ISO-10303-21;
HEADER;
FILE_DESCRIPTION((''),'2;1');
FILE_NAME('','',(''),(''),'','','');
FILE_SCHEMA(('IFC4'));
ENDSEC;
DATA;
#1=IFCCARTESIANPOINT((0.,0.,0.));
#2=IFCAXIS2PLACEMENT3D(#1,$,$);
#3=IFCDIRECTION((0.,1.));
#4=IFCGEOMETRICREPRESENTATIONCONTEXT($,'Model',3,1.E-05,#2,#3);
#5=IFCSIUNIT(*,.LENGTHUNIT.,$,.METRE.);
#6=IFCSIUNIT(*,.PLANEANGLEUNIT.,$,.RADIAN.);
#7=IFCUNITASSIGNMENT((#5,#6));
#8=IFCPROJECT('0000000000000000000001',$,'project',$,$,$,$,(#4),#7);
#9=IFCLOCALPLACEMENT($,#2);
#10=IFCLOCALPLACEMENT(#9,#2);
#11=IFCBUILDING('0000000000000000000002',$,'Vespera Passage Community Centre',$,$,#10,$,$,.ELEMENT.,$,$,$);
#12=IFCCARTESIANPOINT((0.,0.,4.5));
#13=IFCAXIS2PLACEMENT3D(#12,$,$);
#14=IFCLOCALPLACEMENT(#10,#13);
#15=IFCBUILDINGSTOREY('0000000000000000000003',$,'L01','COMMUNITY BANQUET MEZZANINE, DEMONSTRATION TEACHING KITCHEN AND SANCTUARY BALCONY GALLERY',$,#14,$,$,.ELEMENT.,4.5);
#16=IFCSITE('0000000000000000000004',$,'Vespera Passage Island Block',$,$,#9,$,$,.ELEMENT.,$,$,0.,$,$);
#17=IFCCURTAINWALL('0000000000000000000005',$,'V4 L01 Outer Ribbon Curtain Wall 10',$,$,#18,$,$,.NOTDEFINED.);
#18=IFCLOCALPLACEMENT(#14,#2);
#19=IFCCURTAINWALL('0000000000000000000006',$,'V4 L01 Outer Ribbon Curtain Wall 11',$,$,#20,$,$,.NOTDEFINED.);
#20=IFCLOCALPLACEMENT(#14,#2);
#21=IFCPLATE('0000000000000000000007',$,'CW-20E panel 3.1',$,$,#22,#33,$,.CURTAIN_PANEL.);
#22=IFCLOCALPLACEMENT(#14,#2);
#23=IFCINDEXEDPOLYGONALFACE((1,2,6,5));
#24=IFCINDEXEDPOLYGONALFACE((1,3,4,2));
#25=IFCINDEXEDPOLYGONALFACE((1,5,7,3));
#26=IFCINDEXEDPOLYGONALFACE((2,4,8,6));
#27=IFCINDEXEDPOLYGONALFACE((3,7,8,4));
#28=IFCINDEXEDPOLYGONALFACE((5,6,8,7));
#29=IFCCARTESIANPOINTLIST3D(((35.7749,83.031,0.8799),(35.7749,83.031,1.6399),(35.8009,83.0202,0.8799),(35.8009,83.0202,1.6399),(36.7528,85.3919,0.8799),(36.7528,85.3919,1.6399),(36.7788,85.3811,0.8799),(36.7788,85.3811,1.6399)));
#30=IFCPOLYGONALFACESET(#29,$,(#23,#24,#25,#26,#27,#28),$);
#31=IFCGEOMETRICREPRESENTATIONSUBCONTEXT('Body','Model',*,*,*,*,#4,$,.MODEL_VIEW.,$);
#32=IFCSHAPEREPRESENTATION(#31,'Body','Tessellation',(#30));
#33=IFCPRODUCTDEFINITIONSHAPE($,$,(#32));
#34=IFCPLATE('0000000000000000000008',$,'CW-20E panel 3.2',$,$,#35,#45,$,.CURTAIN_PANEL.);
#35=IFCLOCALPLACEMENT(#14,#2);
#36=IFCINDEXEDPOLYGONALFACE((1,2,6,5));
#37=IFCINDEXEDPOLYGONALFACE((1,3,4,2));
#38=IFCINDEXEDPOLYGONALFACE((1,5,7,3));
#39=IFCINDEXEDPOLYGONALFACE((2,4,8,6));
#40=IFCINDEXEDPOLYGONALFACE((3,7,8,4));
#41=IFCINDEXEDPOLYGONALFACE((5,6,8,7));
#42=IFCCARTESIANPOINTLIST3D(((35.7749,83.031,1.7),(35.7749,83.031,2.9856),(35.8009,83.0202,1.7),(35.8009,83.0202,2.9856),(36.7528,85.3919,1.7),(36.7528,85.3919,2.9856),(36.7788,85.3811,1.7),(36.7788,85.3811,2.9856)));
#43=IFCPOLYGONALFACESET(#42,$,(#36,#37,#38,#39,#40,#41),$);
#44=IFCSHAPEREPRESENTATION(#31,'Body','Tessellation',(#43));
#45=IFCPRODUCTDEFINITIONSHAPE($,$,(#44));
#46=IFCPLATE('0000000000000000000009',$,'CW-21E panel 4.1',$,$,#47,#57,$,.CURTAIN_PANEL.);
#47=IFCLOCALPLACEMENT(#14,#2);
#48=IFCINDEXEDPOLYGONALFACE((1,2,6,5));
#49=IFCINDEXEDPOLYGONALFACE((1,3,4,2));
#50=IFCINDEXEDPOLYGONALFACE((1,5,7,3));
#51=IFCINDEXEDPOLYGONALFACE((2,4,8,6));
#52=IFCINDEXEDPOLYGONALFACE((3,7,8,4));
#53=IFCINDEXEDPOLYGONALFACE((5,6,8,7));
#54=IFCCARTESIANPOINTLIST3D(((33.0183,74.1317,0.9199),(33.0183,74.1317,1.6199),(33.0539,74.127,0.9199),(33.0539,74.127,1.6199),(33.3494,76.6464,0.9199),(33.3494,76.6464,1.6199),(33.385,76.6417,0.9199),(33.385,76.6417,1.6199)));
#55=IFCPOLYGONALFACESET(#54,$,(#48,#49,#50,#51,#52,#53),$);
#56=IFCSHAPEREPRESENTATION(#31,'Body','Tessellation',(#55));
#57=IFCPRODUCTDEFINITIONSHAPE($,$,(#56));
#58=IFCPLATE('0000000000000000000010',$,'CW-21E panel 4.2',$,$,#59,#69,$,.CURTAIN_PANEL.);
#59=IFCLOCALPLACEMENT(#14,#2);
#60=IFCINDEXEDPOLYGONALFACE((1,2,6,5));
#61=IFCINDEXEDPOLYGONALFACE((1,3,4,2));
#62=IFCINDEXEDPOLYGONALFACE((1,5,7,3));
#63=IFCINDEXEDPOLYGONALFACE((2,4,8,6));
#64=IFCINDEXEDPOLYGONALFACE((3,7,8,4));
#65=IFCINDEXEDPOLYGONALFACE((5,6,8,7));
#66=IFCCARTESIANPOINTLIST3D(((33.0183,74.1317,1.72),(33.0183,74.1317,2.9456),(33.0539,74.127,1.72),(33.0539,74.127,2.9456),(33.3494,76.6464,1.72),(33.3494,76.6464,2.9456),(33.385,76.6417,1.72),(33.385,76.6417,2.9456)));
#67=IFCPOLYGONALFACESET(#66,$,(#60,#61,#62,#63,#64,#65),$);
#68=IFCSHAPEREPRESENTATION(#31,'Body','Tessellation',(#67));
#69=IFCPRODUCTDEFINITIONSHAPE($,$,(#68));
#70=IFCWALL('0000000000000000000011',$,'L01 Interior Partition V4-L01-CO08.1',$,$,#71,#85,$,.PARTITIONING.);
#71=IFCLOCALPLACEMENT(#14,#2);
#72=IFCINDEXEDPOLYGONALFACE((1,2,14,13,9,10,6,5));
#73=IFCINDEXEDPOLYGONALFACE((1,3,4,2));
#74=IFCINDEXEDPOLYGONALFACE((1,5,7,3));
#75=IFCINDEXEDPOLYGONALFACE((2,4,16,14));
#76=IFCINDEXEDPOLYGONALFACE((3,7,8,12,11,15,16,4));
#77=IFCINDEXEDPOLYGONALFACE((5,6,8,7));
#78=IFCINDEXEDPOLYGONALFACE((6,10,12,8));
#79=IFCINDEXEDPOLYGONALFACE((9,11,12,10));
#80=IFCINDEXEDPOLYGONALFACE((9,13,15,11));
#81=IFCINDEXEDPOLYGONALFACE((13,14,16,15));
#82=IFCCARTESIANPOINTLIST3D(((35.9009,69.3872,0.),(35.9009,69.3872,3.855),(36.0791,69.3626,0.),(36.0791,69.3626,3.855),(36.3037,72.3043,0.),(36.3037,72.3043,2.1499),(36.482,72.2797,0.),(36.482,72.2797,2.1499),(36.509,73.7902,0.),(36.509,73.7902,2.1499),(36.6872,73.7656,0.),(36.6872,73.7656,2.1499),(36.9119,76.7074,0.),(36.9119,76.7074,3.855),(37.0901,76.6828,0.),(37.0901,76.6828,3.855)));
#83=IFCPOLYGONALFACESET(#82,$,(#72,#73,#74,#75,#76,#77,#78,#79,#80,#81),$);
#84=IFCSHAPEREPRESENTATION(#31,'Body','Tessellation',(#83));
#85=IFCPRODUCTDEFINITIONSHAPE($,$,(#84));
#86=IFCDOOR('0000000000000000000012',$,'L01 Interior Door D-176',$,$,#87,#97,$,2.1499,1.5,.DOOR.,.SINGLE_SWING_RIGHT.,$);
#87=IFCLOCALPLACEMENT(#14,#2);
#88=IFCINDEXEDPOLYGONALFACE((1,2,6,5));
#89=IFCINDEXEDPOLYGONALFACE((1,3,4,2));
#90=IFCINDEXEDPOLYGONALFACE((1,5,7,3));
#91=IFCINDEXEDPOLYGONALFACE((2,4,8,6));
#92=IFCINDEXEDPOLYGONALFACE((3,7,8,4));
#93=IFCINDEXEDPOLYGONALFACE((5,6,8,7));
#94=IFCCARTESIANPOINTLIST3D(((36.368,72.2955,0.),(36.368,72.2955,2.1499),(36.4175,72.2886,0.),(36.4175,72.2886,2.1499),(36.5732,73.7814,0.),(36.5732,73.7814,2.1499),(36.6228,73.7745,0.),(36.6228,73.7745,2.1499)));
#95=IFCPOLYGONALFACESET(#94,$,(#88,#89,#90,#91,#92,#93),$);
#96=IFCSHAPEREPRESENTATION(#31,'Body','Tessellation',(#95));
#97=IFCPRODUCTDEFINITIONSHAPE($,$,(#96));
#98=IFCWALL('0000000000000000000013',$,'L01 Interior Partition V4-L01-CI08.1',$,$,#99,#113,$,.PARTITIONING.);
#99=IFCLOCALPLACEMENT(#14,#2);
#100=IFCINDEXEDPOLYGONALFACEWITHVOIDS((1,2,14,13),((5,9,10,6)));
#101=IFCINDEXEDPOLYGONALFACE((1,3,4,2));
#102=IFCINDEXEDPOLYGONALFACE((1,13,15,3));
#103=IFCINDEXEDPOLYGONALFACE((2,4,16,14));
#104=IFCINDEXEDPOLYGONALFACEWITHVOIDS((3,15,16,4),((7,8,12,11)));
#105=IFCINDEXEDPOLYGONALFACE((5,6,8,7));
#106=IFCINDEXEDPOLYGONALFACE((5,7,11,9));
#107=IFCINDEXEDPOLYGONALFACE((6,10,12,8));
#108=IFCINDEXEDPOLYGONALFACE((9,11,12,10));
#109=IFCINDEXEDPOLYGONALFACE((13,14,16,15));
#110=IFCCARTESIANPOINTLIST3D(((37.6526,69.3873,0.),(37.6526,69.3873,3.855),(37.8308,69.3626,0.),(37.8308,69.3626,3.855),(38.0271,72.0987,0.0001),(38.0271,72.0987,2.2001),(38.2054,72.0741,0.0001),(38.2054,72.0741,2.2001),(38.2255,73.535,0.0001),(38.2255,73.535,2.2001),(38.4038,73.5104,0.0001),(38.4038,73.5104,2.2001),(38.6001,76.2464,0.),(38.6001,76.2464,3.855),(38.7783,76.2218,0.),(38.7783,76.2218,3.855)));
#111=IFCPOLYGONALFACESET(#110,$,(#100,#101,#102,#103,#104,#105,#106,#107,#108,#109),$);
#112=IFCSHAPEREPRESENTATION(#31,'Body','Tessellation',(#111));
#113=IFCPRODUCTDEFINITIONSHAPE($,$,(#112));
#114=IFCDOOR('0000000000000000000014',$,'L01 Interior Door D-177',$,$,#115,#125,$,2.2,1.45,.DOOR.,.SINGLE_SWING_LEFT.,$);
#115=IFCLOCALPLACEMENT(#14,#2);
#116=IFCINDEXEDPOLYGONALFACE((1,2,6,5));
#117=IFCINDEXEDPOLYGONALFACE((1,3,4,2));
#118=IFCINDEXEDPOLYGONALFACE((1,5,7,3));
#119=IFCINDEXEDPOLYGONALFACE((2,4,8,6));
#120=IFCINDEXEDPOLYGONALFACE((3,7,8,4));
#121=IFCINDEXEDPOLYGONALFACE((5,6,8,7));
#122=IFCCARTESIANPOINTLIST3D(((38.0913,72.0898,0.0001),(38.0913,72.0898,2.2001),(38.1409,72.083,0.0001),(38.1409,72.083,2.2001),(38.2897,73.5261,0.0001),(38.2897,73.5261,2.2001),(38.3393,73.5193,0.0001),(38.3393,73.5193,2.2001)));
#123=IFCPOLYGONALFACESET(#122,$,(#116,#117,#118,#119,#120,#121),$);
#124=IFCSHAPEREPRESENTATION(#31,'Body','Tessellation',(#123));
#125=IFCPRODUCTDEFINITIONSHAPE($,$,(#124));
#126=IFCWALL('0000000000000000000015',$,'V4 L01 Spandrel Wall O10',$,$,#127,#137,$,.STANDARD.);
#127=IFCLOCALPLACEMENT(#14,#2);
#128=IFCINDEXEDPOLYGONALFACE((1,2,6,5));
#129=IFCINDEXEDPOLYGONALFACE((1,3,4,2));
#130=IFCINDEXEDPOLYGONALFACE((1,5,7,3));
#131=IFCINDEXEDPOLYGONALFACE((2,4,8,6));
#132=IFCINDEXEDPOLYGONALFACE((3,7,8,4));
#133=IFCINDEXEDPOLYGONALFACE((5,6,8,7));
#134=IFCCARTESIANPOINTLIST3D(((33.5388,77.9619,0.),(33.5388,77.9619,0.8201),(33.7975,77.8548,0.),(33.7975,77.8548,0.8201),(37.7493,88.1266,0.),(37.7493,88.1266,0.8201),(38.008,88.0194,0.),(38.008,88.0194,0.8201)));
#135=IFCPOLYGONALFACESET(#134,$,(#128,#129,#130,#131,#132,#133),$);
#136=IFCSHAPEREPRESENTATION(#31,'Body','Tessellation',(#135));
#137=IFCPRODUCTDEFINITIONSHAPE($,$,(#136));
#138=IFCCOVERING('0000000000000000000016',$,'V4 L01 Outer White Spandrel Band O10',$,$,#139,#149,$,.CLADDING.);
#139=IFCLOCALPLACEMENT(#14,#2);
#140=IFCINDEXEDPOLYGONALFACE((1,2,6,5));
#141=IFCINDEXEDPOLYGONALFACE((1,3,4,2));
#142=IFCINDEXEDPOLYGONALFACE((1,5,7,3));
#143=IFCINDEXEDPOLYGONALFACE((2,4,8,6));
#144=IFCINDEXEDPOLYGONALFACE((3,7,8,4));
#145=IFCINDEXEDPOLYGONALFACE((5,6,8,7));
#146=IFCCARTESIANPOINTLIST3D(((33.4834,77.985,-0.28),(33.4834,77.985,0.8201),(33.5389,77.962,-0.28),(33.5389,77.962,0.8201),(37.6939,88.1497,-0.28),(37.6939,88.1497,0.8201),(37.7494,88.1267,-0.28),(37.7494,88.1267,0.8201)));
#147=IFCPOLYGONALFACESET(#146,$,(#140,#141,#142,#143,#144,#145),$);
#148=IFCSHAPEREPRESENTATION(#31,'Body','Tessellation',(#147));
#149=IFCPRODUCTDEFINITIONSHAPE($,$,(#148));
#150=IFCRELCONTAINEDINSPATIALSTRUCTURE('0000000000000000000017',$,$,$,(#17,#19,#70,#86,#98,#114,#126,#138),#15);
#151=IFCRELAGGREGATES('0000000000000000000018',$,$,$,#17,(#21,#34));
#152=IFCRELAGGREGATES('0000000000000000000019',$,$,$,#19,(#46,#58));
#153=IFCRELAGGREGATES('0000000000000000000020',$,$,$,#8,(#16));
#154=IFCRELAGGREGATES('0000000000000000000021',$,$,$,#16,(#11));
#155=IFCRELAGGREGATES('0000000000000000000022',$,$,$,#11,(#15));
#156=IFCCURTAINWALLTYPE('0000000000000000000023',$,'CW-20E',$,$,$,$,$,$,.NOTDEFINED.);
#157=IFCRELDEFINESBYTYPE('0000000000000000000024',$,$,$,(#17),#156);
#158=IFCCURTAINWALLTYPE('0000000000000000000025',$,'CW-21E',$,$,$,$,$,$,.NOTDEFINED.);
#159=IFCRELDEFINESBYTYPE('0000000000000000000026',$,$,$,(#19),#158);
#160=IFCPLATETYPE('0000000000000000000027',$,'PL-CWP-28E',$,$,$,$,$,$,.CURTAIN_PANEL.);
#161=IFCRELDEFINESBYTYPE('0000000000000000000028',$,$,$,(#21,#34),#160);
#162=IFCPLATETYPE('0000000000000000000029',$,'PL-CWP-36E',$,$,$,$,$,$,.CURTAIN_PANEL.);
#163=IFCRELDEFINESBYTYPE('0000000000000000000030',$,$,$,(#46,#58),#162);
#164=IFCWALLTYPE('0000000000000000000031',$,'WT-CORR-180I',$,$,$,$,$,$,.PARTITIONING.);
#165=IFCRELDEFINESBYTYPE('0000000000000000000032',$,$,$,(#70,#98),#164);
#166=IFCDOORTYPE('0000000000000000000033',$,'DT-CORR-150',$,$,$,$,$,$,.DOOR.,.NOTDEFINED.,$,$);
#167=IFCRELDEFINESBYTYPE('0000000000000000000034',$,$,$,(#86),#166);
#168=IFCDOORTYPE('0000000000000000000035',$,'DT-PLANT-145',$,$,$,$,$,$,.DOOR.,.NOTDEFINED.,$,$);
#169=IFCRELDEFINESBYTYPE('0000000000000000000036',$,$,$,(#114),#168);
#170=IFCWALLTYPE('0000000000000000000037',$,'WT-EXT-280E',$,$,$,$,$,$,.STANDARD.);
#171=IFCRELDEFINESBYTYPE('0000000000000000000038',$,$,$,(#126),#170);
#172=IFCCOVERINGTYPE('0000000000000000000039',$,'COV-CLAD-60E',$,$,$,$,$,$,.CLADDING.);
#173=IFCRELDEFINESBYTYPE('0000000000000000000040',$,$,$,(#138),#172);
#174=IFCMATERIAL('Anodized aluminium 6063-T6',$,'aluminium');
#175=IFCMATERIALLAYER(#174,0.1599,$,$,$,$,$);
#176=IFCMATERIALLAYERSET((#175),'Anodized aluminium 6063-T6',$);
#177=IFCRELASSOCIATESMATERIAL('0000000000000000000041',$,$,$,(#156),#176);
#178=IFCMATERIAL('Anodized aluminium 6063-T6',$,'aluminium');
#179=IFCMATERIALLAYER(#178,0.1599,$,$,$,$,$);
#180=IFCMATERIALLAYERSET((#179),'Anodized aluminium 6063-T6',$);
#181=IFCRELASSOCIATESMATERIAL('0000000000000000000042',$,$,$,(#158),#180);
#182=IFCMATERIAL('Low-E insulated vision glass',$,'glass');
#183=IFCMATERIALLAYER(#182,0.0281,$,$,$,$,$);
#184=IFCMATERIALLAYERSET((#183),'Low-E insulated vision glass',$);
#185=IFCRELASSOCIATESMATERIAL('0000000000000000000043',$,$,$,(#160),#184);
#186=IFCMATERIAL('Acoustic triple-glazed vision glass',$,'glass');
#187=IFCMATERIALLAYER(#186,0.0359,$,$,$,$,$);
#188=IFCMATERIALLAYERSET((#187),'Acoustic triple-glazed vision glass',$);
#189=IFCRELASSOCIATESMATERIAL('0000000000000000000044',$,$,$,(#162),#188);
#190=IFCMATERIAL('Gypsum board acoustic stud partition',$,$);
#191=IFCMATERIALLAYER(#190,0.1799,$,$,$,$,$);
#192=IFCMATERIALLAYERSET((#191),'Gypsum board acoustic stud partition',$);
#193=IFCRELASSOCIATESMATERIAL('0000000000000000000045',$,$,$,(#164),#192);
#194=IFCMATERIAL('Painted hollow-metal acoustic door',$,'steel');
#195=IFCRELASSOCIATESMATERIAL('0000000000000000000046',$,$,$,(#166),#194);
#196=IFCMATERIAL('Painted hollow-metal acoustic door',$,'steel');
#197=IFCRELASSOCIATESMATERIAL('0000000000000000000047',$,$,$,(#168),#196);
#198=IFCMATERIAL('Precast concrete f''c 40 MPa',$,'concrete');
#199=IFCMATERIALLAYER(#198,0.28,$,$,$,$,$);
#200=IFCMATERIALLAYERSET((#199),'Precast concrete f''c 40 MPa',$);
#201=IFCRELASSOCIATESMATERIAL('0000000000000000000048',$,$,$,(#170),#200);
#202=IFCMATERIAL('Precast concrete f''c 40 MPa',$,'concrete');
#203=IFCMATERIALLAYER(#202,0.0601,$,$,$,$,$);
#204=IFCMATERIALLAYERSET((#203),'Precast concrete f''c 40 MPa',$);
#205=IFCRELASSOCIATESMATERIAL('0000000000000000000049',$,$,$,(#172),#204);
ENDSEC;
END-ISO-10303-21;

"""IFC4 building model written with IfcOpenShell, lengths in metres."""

from ifc_helpers import new_model, si_unit, direction, frame, frame_2d, origin, origin_2d, place, context, subcontext, project, spatial, rectangle, extrude, material, layer, layer_set, type_object, element, fill, aggregate, save


model = new_model("IFC4")

# Units and contexts
model_context = context("Model", 3, precision=1e-05, world=origin(), true_north=direction((0.0, 1.0)))
body_context = subcontext(model_context, "Body", "Model", "MODEL_VIEW")
ifc_project = project(units=[si_unit("LENGTHUNIT", "METRE"), si_unit("PLANEANGLEUNIT", "RADIAN")], contexts=[model_context])

# Site, building, storey
site_placement = place(None, origin())
site = spatial("IfcSite", under=ifc_project, at=site_placement, Name="Vespera Passage Island Block", CompositionType="ELEMENT", RefElevation=0.0)
building_placement = place(site_placement, origin())
building = spatial("IfcBuilding", under=site, at=building_placement, Name="Vespera Passage Community Centre", CompositionType="ELEMENT")
storey_placement = place(building_placement, frame((0.0, 0.0, 4.5)))
storey = spatial("IfcBuildingStorey", under=building, at=storey_placement, Name="L01", Description="COMMUNITY BANQUET MEZZANINE, DEMONSTRATION TEACHING KITCHEN AND SANCTUARY BALCONY GALLERY", CompositionType="ELEMENT", Elevation=4.5)

# Curtain wall
ifc_material_1 = material(Name="Anodized aluminium 6063-T6", Category="aluminium")
ifc_layer_1 = layer(ifc_material_1, 0.1599)
ifc_layer_set_1 = layer_set([ifc_layer_1], Name="Anodized aluminium 6063-T6")
curtain_wall_type_1 = type_object("IfcCurtainWallType", Name="CW-20E", PredefinedType="NOTDEFINED", material=ifc_layer_set_1)
curtain_wall_1_placement = place(storey_placement, origin())
curtain_wall_1 = element("IfcCurtainWall", 1, at=curtain_wall_1_placement, inside=storey, type_object=curtain_wall_type_1, Name="V4 L01 Outer Ribbon Curtain Wall 10", PredefinedType="NOTDEFINED")

# Curtain wall
ifc_material_2 = material(Name="Anodized aluminium 6063-T6", Category="aluminium")
ifc_layer_2 = layer(ifc_material_2, 0.1599)
ifc_layer_set_2 = layer_set([ifc_layer_2], Name="Anodized aluminium 6063-T6")
curtain_wall_type_2 = type_object("IfcCurtainWallType", Name="CW-21E", PredefinedType="NOTDEFINED", material=ifc_layer_set_2)
curtain_wall_2_placement = place(storey_placement, origin())
curtain_wall_2 = element("IfcCurtainWall", 2, at=curtain_wall_2_placement, inside=storey, type_object=curtain_wall_type_2, Name="V4 L01 Outer Ribbon Curtain Wall 11", PredefinedType="NOTDEFINED")

# Plates
ifc_material_3 = material(Name="Low-E insulated vision glass", Category="glass")
ifc_layer_3 = layer(ifc_material_3, 0.0281)
ifc_layer_set_3 = layer_set([ifc_layer_3], Name="Low-E insulated vision glass")
plate_type_1 = type_object("IfcPlateType", Name="PL-CWP-28E", PredefinedType="CURTAIN_PANEL", material=ifc_layer_set_3)
plate_1_placement = place(storey_placement, frame((36.2769, 84.2061, 0.8799), z_axis=(0.0, 0.0, 1.0), x_axis=(0.382679, 0.923881, 0.0)))
plate_1 = element("IfcPlate", 3, at=plate_1_placement, type_object=plate_type_1, Name="CW-20E panel 3.1", PredefinedType="CURTAIN_PANEL", context=body_context, shape_type="SweptSolid", body=[
    extrude(rectangle(XDim=2.5554, YDim=0.0281, at=origin_2d()), origin(), (0.0, 0.0, 1.0), 0.76),
])
plate_2_placement = place(storey_placement, frame((36.2769, 84.2061, 1.7), z_axis=(0.0, 0.0, 1.0), x_axis=(0.382679, 0.923881, 0.0)))
plate_2 = element("IfcPlate", 4, at=plate_2_placement, type_object=plate_type_1, Name="CW-20E panel 3.2", PredefinedType="CURTAIN_PANEL", context=body_context, shape_type="SweptSolid", body=[
    extrude(rectangle(XDim=2.5554, YDim=0.0281, at=origin_2d()), origin(), (0.0, 0.0, 1.0), 1.2856),
])
aggregate(curtain_wall_1, [plate_1, plate_2])
ifc_material_4 = material(Name="Acoustic triple-glazed vision glass", Category="glass")
ifc_layer_4 = layer(ifc_material_4, 0.0359)
ifc_layer_set_4 = layer_set([ifc_layer_4], Name="Acoustic triple-glazed vision glass")
plate_type_2 = type_object("IfcPlateType", Name="PL-CWP-36E", PredefinedType="CURTAIN_PANEL", material=ifc_layer_set_4)
plate_3_placement = place(storey_placement, frame((33.2017, 75.3867, 0.9199), z_axis=(0.0, 0.0, 1.0), x_axis=(0.130523, 0.991445, 0.0)))
plate_3 = element("IfcPlate", 5, at=plate_3_placement, type_object=plate_type_2, Name="CW-21E panel 4.1", PredefinedType="CURTAIN_PANEL", context=body_context, shape_type="SweptSolid", body=[
    extrude(rectangle(XDim=2.5364, YDim=0.0359, at=origin_2d()), origin(), (0.0, 0.0, 1.0), 0.7),
])
plate_4_placement = place(storey_placement, frame((33.2017, 75.3867, 1.72), z_axis=(0.0, 0.0, 1.0), x_axis=(0.130523, 0.991445, 0.0)))
plate_4 = element("IfcPlate", 6, at=plate_4_placement, type_object=plate_type_2, Name="CW-21E panel 4.2", PredefinedType="CURTAIN_PANEL", context=body_context, shape_type="SweptSolid", body=[
    extrude(rectangle(XDim=2.5364, YDim=0.0359, at=origin_2d()), origin(), (0.0, 0.0, 1.0), 1.2256),
])
aggregate(curtain_wall_2, [plate_3, plate_4])

# Walls, openings, doors
ifc_material_5 = material(Name="Gypsum board acoustic stud partition")
ifc_layer_5 = layer(ifc_material_5, 0.1799)
ifc_layer_set_5 = layer_set([ifc_layer_5], Name="Gypsum board acoustic stud partition")
wall_type_1 = type_object("IfcWallType", Name="WT-CORR-180I", PredefinedType="PARTITIONING", material=ifc_layer_set_5)
wall_1_placement = place(storey_placement, frame((37.001, 76.6951, 0.0), z_axis=(0.0, 0.0, 1.0), x_axis=(-0.136813, -0.990597, 0.0)))
wall_1 = element("IfcWall", 7, at=wall_1_placement, inside=storey, type_object=wall_type_1, Name="L01 Interior Partition V4-L01-CO08.1", PredefinedType="PARTITIONING", context=body_context, shape_type="SweptSolid", body=[
    extrude(rectangle(XDim=7.3896, YDim=0.1799, at=frame_2d((3.6948, 0.0))), origin(), (0.0, 0.0, 1.0), 3.855),
])
opening_1_placement = place(wall_1_placement, frame((2.9448, 0.0, 0.0)))
opening_1 = element("IfcOpeningElement", 8, at=opening_1_placement, cuts=wall_1, PredefinedType="OPENING", context=body_context, shape_type="SweptSolid", body=[
    extrude(rectangle(XDim=1.5, YDim=2.1499, at=frame_2d((0.75, 1.075))), frame((0.0, 0.0999, 0.0), z_axis=(0.0, -1.0, 0.0), x_axis=(1.0, 0.0, 0.0)), (0.0, 0.0, 1.0), 0.2),
])
ifc_material_6 = material(Name="Painted hollow-metal acoustic door", Category="steel")
door_type_1 = type_object("IfcDoorType", Name="DT-CORR-150", OperationType="NOTDEFINED", PredefinedType="DOOR", material=ifc_material_6)
door_1_placement = place(opening_1_placement, origin())
door_1 = element("IfcDoor", 9, at=door_1_placement, inside=storey, type_object=door_type_1, Name="L01 Interior Door D-176", OperationType="SINGLE_SWING_RIGHT", OverallHeight=2.1499, OverallWidth=1.5, PredefinedType="DOOR", context=body_context, shape_type="SweptSolid", body=[
    extrude(rectangle(XDim=1.5, YDim=2.1499, at=frame_2d((0.75, 1.075))), frame((0.0, 0.0249, 0.0), z_axis=(0.0, -1.0, 0.0), x_axis=(1.0, 0.0, 0.0)), (0.0, 0.0, 1.0), 0.05),
])
fill(opening_1, door_1)
wall_2_placement = place(storey_placement, frame((38.6892, 76.2341, 0.0), z_axis=(0.0, 0.0, 1.0), x_axis=(-0.136839, -0.990593, 0.0)))
wall_2 = element("IfcWall", 10, at=wall_2_placement, inside=storey, type_object=wall_type_1, Name="L01 Interior Partition V4-L01-CI08.1", PredefinedType="PARTITIONING", context=body_context, shape_type="SweptSolid", body=[
    extrude(rectangle(XDim=6.9243, YDim=0.1799, at=frame_2d((3.4622, 0.0))), origin(), (0.0, 0.0, 1.0), 3.855),
])
opening_2_placement = place(wall_2_placement, frame((2.7371, 0.0, 0.0)))
opening_2 = element("IfcOpeningElement", 11, at=opening_2_placement, cuts=wall_2, PredefinedType="OPENING", context=body_context, shape_type="SweptSolid", body=[
    extrude(rectangle(XDim=1.45, YDim=2.2, at=frame_2d((0.7251, 1.1001))), frame((0.0, 0.0999, 0.0), z_axis=(0.0, -1.0, 0.0), x_axis=(1.0, 0.0, 0.0)), (0.0, 0.0, 1.0), 0.2),
])
ifc_material_7 = material(Name="Painted hollow-metal acoustic door", Category="steel")
door_type_2 = type_object("IfcDoorType", Name="DT-PLANT-145", OperationType="NOTDEFINED", PredefinedType="DOOR", material=ifc_material_7)
door_2_placement = place(opening_2_placement, origin())
door_2 = element("IfcDoor", 12, at=door_2_placement, inside=storey, type_object=door_type_2, Name="L01 Interior Door D-177", OperationType="SINGLE_SWING_LEFT", OverallHeight=2.2, OverallWidth=1.45, PredefinedType="DOOR", context=body_context, shape_type="SweptSolid", body=[
    extrude(rectangle(XDim=1.45, YDim=2.2, at=frame_2d((0.7251, 1.1001))), frame((0.0, 0.0249, 0.0), z_axis=(0.0, -1.0, 0.0), x_axis=(1.0, 0.0, 0.0)), (0.0, 0.0, 1.0), 0.05),
])
fill(opening_2, door_2)

# Wall
ifc_material_8 = material(Name="Precast concrete f'c 40 MPa", Category="concrete")
ifc_layer_6 = layer(ifc_material_8, 0.28)
ifc_layer_set_6 = layer_set([ifc_layer_6], Name="Precast concrete f'c 40 MPa")
wall_type_2 = type_object("IfcWallType", Name="WT-EXT-280E", PredefinedType="STANDARD", material=ifc_layer_set_6)
wall_3_placement = place(storey_placement, frame((33.6682, 77.9084, 0.0), z_axis=(0.0, 0.0, 1.0), x_axis=(0.382695, 0.923875, 0.0)))
element("IfcWall", 13, at=wall_3_placement, inside=storey, type_object=wall_type_2, Name="V4 L01 Spandrel Wall O10", PredefinedType="STANDARD", context=body_context, shape_type="SweptSolid", body=[
    extrude(rectangle(XDim=11.0022, YDim=0.28, at=frame_2d((5.501, 0.0))), origin(), (0.0, 0.0, 1.0), 0.8201),
])

# Covering
ifc_material_9 = material(Name="Precast concrete f'c 40 MPa", Category="concrete")
ifc_layer_7 = layer(ifc_material_9, 0.0601)
ifc_layer_set_7 = layer_set([ifc_layer_7], Name="Precast concrete f'c 40 MPa")
covering_type = type_object("IfcCoveringType", Name="COV-CLAD-60E", PredefinedType="CLADDING", material=ifc_layer_set_7)
covering_placement = place(storey_placement, frame((33.5112, 77.9736, -0.28), z_axis=(0.0, 0.0, 1.0), x_axis=(0.382695, 0.923875, 0.0)))
element("IfcCovering", 14, at=covering_placement, inside=storey, type_object=covering_type, Name="V4 L01 Outer White Spandrel Band O10", PredefinedType="CLADDING", context=body_context, shape_type="SweptSolid", body=[
    extrude(rectangle(XDim=11.0022, YDim=0.0601, at=frame_2d((5.501, 0.0))), origin(), (0.0, 0.0, 1.0), 1.1001),
])

save(model, "model.ifc")
